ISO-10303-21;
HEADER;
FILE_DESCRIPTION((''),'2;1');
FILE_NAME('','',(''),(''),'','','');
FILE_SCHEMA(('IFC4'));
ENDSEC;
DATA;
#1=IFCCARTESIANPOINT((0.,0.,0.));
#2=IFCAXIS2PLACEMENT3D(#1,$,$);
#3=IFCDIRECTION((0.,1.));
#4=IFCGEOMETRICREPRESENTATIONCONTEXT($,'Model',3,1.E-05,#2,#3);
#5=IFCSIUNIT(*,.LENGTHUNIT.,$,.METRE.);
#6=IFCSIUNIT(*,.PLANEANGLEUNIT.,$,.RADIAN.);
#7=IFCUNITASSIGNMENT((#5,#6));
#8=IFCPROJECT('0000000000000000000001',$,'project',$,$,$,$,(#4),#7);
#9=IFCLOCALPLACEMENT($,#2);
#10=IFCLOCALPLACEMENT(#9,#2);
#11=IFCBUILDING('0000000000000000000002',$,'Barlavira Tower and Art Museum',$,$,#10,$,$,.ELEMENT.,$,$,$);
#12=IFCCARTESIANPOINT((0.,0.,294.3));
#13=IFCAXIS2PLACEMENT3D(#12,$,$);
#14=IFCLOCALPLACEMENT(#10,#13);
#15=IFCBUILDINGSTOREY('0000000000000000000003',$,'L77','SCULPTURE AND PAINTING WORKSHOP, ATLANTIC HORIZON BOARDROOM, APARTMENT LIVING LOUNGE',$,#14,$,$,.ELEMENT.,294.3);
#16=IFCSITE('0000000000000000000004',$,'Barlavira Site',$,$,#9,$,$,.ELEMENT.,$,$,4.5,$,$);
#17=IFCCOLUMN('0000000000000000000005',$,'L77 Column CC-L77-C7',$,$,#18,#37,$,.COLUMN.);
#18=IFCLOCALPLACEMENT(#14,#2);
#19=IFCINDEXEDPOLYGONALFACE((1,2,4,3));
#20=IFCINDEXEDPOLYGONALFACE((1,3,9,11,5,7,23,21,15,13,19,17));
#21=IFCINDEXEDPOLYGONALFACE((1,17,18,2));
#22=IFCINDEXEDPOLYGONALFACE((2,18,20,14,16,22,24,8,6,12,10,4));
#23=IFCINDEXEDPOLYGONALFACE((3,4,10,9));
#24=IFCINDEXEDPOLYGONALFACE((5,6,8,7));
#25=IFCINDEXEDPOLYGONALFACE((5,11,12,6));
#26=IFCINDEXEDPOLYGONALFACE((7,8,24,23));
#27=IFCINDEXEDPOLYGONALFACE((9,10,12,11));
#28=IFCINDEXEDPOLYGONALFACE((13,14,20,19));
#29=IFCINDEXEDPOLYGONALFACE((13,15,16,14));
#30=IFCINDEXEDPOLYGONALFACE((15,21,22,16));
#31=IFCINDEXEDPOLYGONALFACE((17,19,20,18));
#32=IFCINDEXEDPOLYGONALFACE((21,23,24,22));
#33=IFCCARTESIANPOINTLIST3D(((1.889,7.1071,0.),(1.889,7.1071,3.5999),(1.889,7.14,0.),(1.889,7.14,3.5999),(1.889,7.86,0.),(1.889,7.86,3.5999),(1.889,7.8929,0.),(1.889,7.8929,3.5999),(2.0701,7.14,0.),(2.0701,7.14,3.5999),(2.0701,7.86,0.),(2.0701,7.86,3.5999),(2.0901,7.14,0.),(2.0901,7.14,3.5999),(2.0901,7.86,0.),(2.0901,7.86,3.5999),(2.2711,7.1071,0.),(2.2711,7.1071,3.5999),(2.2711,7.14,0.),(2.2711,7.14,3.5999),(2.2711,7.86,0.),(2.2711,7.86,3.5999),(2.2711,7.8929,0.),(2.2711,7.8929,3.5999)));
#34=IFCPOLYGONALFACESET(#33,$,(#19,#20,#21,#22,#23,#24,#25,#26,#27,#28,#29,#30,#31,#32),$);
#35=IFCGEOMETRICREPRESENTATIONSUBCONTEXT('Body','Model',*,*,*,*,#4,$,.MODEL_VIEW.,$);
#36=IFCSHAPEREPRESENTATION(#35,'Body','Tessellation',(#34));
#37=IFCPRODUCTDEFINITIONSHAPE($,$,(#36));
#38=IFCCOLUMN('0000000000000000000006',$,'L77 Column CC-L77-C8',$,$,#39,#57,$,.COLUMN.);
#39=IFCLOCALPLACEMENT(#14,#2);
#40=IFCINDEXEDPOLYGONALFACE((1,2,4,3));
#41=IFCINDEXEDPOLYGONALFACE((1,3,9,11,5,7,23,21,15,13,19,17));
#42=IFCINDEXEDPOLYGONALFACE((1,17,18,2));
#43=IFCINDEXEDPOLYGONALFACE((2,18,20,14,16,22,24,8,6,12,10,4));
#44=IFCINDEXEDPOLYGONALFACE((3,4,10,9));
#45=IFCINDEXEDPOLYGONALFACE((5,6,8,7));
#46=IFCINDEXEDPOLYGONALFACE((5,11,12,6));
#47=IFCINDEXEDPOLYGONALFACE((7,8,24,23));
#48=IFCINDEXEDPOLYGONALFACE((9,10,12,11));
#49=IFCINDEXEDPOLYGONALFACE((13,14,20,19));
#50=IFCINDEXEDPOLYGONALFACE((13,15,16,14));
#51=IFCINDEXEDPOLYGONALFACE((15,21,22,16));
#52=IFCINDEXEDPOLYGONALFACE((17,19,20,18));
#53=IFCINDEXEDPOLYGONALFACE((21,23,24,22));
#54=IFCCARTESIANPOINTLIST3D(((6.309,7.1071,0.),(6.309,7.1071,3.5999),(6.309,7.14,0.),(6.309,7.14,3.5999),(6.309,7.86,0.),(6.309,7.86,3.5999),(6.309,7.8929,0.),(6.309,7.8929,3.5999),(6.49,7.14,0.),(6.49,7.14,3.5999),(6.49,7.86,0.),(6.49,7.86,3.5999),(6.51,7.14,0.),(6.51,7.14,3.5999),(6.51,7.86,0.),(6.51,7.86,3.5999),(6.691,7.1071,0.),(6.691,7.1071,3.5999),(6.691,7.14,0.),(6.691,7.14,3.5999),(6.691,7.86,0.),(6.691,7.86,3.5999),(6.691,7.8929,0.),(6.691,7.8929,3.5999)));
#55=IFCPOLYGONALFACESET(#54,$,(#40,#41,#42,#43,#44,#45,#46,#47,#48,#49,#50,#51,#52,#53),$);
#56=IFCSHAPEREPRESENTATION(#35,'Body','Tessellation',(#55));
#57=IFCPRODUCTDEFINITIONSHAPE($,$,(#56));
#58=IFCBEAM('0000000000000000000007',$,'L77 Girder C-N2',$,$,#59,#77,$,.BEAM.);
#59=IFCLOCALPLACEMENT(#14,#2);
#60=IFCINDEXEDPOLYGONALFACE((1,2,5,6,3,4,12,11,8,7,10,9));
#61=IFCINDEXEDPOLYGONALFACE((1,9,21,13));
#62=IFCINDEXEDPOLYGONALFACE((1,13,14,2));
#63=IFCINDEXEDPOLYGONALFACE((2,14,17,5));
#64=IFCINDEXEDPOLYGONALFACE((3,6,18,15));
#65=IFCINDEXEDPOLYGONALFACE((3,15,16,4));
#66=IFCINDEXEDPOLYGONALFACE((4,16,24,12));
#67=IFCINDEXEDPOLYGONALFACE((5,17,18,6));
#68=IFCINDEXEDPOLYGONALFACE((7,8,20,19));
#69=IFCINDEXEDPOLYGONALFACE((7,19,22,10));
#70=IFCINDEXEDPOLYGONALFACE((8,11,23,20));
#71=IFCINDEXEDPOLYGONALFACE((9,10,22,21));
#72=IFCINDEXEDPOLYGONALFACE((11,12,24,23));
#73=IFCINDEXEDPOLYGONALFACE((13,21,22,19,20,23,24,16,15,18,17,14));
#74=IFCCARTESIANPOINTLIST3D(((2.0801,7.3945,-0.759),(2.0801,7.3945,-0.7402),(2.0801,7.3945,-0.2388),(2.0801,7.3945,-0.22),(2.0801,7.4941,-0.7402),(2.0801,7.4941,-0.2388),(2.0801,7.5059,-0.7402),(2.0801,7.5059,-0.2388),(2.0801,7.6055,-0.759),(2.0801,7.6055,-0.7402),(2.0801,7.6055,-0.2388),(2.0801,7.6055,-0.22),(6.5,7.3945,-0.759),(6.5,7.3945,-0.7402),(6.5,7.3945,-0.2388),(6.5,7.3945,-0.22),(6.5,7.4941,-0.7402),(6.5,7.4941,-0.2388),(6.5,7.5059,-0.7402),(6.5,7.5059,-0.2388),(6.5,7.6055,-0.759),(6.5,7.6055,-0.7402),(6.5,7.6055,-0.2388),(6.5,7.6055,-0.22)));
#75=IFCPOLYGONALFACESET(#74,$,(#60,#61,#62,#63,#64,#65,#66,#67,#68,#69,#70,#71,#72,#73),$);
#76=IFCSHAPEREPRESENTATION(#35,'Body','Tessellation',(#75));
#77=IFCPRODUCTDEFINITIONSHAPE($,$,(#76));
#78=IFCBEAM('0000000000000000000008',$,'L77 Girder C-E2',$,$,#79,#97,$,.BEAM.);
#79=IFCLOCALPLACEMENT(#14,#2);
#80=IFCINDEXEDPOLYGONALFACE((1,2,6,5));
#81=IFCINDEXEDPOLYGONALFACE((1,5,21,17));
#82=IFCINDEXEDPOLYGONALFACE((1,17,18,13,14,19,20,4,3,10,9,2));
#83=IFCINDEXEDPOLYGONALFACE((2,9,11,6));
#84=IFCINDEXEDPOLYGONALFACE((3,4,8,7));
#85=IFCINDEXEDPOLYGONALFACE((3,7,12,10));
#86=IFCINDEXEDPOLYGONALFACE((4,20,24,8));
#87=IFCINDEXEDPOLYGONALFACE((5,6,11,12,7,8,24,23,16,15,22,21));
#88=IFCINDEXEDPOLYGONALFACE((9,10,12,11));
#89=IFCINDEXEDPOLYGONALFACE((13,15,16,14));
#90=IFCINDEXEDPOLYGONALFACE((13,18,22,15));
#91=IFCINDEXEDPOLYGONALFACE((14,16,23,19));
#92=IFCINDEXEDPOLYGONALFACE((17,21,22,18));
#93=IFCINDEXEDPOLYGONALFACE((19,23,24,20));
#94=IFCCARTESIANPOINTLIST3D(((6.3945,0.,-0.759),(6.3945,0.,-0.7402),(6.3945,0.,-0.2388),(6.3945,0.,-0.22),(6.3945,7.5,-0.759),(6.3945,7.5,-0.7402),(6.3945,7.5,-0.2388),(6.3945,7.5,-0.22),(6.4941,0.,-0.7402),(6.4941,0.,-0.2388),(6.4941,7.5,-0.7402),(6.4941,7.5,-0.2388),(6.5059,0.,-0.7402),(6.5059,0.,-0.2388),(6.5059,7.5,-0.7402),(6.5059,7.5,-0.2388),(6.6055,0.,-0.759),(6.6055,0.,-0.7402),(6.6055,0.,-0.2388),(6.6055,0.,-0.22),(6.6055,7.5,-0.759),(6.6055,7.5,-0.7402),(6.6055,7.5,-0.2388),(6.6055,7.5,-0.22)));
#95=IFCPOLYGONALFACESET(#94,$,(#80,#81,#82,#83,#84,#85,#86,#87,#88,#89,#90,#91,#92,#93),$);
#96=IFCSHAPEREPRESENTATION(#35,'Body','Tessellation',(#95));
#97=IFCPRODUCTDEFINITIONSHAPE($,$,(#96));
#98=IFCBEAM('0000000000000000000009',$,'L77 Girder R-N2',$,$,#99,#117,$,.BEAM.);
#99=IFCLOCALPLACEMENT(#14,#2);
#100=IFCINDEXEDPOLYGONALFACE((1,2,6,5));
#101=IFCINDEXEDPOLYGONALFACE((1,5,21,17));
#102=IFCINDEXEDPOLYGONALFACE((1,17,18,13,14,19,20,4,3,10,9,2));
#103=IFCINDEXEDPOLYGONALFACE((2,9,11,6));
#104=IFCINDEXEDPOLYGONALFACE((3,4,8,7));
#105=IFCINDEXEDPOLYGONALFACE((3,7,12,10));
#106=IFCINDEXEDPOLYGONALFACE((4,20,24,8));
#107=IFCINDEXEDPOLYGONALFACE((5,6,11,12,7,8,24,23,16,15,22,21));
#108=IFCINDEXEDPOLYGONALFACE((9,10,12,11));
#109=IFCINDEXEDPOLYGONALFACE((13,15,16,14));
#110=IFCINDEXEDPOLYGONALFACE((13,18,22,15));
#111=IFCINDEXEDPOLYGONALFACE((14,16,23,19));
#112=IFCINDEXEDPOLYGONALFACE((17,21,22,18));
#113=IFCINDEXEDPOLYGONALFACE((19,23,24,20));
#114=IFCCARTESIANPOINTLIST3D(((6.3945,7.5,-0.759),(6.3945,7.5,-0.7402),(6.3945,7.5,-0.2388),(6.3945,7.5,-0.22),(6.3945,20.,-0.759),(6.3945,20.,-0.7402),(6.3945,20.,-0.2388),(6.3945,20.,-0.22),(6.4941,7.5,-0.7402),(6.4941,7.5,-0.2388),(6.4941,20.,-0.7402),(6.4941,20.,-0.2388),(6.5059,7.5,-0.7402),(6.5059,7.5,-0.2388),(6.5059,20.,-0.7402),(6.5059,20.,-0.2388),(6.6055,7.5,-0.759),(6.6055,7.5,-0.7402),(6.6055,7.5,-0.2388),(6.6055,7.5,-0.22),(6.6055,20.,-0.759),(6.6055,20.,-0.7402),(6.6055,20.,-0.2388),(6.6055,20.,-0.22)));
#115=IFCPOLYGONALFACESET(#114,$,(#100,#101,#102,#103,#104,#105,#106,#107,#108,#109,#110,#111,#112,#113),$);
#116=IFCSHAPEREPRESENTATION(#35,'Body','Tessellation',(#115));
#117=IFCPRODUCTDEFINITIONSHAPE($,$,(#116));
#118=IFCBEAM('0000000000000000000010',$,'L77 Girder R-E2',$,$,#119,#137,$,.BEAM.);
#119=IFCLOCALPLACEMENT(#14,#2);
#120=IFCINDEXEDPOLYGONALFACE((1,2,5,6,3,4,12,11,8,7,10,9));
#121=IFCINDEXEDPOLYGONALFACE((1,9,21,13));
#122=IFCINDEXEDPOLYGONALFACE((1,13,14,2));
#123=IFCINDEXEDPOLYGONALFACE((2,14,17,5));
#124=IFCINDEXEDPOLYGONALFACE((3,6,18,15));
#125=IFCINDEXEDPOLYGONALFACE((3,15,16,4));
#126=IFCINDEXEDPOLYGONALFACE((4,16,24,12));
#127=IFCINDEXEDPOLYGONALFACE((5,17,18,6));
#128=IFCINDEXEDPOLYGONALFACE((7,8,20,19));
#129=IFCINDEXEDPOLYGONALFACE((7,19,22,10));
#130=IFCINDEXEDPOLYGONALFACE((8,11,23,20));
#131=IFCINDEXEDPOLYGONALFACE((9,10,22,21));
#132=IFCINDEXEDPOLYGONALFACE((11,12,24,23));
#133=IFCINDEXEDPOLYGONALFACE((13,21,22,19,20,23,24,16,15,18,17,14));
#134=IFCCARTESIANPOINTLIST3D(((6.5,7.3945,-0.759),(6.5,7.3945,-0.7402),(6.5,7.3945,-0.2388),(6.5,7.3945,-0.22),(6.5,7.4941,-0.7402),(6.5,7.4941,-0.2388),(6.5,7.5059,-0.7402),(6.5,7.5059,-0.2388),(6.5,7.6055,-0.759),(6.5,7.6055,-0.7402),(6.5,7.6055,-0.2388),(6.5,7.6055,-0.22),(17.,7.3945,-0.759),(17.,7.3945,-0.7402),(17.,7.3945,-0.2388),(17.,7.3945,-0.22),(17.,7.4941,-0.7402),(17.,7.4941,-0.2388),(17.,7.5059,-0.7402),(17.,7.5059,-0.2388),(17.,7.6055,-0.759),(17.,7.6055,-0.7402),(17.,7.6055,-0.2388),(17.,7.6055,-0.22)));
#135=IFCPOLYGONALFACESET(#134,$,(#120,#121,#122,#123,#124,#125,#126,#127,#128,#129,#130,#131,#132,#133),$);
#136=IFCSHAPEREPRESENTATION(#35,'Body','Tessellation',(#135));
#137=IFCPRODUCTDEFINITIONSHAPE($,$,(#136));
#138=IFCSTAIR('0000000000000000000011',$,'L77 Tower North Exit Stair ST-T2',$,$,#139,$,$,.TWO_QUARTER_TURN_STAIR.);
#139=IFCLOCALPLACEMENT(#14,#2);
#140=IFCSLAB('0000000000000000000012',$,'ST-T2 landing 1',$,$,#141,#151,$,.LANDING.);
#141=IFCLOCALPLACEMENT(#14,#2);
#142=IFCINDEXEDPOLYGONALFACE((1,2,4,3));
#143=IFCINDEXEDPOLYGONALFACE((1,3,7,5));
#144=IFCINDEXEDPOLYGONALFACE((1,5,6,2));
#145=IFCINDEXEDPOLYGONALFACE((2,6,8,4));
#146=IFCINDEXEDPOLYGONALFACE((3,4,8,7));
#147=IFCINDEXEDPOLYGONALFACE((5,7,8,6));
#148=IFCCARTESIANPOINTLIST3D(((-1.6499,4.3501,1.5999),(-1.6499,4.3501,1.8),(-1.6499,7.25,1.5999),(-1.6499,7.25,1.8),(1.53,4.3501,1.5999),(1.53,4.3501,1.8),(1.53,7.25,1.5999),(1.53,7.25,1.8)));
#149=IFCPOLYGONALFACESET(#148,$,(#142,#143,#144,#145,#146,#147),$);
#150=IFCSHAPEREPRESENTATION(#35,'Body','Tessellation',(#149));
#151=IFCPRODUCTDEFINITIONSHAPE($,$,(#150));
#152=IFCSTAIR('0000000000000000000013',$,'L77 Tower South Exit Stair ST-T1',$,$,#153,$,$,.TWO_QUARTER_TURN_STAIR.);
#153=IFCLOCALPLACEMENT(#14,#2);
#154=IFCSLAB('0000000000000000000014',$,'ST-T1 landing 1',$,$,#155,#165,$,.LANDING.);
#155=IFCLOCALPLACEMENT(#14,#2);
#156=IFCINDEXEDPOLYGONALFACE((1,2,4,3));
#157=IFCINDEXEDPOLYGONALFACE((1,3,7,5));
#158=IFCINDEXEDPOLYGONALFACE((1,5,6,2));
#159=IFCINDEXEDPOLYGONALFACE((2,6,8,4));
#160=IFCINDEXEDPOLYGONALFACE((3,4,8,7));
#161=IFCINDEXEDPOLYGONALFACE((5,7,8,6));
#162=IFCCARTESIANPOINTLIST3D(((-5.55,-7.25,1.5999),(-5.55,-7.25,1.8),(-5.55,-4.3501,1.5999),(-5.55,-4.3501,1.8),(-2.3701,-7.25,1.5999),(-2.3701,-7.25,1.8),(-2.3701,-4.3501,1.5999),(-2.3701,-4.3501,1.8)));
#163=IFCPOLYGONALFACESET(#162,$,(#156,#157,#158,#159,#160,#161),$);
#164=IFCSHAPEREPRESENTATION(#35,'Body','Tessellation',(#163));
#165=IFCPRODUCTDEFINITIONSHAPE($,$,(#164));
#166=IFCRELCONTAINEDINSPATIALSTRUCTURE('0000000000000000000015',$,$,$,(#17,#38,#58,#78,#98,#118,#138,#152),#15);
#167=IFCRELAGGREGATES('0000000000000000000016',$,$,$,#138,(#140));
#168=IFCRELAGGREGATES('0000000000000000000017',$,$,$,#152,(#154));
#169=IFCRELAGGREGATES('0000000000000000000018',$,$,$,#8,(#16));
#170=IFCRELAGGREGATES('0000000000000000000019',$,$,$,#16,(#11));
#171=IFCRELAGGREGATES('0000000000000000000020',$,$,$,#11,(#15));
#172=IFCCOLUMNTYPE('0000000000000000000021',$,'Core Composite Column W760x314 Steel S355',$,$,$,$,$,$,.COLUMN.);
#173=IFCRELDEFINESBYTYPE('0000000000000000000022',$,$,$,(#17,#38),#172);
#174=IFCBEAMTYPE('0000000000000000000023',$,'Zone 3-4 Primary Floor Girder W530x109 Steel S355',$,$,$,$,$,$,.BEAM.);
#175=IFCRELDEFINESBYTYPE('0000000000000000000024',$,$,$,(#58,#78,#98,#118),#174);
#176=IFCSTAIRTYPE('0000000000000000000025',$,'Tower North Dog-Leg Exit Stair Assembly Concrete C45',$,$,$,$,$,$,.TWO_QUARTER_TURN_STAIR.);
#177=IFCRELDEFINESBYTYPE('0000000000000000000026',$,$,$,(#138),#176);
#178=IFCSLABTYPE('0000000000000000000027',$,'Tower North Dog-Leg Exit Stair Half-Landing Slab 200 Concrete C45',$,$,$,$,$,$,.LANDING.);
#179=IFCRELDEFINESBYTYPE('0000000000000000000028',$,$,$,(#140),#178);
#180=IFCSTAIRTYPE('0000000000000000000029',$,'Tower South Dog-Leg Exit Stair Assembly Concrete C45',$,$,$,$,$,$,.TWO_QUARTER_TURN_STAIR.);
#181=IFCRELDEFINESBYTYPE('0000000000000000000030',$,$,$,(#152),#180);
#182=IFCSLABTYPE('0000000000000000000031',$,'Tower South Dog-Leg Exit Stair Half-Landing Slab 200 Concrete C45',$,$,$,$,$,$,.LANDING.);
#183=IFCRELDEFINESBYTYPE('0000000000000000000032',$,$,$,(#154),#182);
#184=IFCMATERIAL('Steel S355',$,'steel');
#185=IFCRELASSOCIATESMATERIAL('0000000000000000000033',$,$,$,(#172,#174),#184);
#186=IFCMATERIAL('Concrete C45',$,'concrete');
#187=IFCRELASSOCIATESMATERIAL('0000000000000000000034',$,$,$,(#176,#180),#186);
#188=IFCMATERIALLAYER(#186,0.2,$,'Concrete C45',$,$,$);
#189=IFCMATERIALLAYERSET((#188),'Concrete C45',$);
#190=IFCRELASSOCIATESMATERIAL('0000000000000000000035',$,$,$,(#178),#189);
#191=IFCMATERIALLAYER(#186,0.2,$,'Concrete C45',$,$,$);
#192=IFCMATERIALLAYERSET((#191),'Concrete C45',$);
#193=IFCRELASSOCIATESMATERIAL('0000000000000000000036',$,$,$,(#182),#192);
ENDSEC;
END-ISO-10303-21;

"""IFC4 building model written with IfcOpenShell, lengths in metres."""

from ifc_helpers import new_model, si_unit, direction, frame, origin, origin_2d, place, context, subcontext, project, spatial, polyline, i_section, outline, extrude, material, layer, layer_set, material_profile, profile_set, type_object, element, aggregate, save


model = new_model("IFC4")

# Units and contexts
model_context = context("Model", 3, precision=1e-05, world=origin(), true_north=direction((0.0, 1.0)))
body_context = subcontext(model_context, "Body", "Model", "MODEL_VIEW")
ifc_project = project(units=[si_unit("LENGTHUNIT", "METRE"), si_unit("PLANEANGLEUNIT", "RADIAN")], contexts=[model_context])

# Site, building, storey
site_placement = place(None, origin())
site = spatial("IfcSite", under=ifc_project, at=site_placement, Name="Barlavira Site", CompositionType="ELEMENT", RefElevation=4.5)
building_placement = place(site_placement, origin())
building = spatial("IfcBuilding", under=site, at=building_placement, Name="Barlavira Tower and Art Museum", CompositionType="ELEMENT")
storey_placement = place(building_placement, frame((0.0, 0.0, 294.3)))
storey = spatial("IfcBuildingStorey", under=building, at=storey_placement, Name="L77", Description="SCULPTURE AND PAINTING WORKSHOP, ATLANTIC HORIZON BOARDROOM, APARTMENT LIVING LOUNGE", CompositionType="ELEMENT", Elevation=294.3)

# Columns
ifc_material_1 = material(Name="Steel S355", Category="steel")
ifc_material_profile_1 = material_profile(ifc_material_1, i_section(OverallWidth=0.3821, OverallDepth=0.7859, WebThickness=0.02, FlangeThickness=0.033, at=origin_2d()), Name="W760x314.0")
ifc_profile_set_1 = profile_set([ifc_material_profile_1], Name="Steel S355")
column_type = type_object("IfcColumnType", Name="Core Composite Column W760x314 Steel S355", PredefinedType="COLUMN", material=ifc_profile_set_1)
for number, where, z_axis, x_axis, name in (
    (1, (2.0801, 7.5, 0.0), (0.0, 0.0, 1.0), (1.0, 0.0, 0.0), "L77 Column CC-L77-C7"),
    (2, (6.5, 7.5, 0.0), (0.0, 0.0, 1.0), (1.0, 0.0, 0.0), "L77 Column CC-L77-C8"),
):
    element("IfcColumn", number, at=place(storey_placement, frame(where, z_axis=z_axis, x_axis=x_axis)), inside=storey, type_object=column_type, Name=name, PredefinedType="COLUMN", context=body_context, shape_type="SweptSolid", body=[
        extrude(i_section(OverallWidth=0.3821, OverallDepth=0.7859, WebThickness=0.02, FlangeThickness=0.033, at=origin_2d()), origin(), (0.0, 0.0, 1.0), 3.5999),
    ])

# Beams
ifc_material_profile_2 = material_profile(ifc_material_1, i_section(OverallWidth=0.2109, OverallDepth=0.5391, WebThickness=0.0117, FlangeThickness=0.0188, at=origin_2d()), Name="W530x109.0")
ifc_profile_set_2 = profile_set([ifc_material_profile_2], Name="Steel S355")
beam_type = type_object("IfcBeamType", Name="Zone 3-4 Primary Floor Girder W530x109 Steel S355", PredefinedType="BEAM", material=ifc_profile_set_2)
beam_1_placement = place(storey_placement, frame((2.0801, 7.5, -0.4895), z_axis=(1.0, 0.0, 0.0), x_axis=(0.0, 1.0, 0.0)))
element("IfcBeam", 3, at=beam_1_placement, inside=storey, type_object=beam_type, Name="L77 Girder C-N2", PredefinedType="BEAM", context=body_context, shape_type="SweptSolid", body=[
    extrude(i_section(OverallWidth=0.2109, OverallDepth=0.5391, WebThickness=0.0117, FlangeThickness=0.0188, at=origin_2d()), origin(), (0.0, 0.0, 1.0), 4.4199),
])
beam_2_placement = place(storey_placement, frame((6.5, 0.0, -0.4895), z_axis=(0.0, 1.0, 0.0), x_axis=(-1.0, 0.0, 0.0)))
element("IfcBeam", 4, at=beam_2_placement, inside=storey, type_object=beam_type, Name="L77 Girder C-E2", PredefinedType="BEAM", context=body_context, shape_type="SweptSolid", body=[
    extrude(i_section(OverallWidth=0.2109, OverallDepth=0.5391, WebThickness=0.0117, FlangeThickness=0.0188, at=origin_2d()), origin(), (0.0, 0.0, 1.0), 7.5),
])
beam_3_placement = place(storey_placement, frame((6.5, 7.5, -0.4895), z_axis=(0.0, 1.0, 0.0), x_axis=(-1.0, 0.0, 0.0)))
element("IfcBeam", 5, at=beam_3_placement, inside=storey, type_object=beam_type, Name="L77 Girder R-N2", PredefinedType="BEAM", context=body_context, shape_type="SweptSolid", body=[
    extrude(i_section(OverallWidth=0.2109, OverallDepth=0.5391, WebThickness=0.0117, FlangeThickness=0.0188, at=origin_2d()), origin(), (0.0, 0.0, 1.0), 12.5),
])
beam_4_placement = place(storey_placement, frame((6.5, 7.5, -0.4895), z_axis=(1.0, 0.0, 0.0), x_axis=(0.0, 1.0, 0.0)))
element("IfcBeam", 6, at=beam_4_placement, inside=storey, type_object=beam_type, Name="L77 Girder R-E2", PredefinedType="BEAM", context=body_context, shape_type="SweptSolid", body=[
    extrude(i_section(OverallWidth=0.2109, OverallDepth=0.5391, WebThickness=0.0117, FlangeThickness=0.0188, at=origin_2d()), origin(), (0.0, 0.0, 1.0), 10.5),
])

# Stairs, slabs
ifc_material_2 = material(Name="Concrete C45", Category="concrete")
stair_type_1 = type_object("IfcStairType", Name="Tower North Dog-Leg Exit Stair Assembly Concrete C45", PredefinedType="TWO_QUARTER_TURN_STAIR", material=ifc_material_2)
stair_1_placement = place(storey_placement, origin())
stair_1 = element("IfcStair", 7, at=stair_1_placement, inside=storey, type_object=stair_type_1, Name="L77 Tower North Exit Stair ST-T2", PredefinedType="TWO_QUARTER_TURN_STAIR")
ifc_layer_1 = layer(ifc_material_2, 0.2, Name="Concrete C45")
ifc_layer_set_1 = layer_set([ifc_layer_1], Name="Concrete C45")
slab_type_1 = type_object("IfcSlabType", Name="Tower North Dog-Leg Exit Stair Half-Landing Slab 200 Concrete C45", PredefinedType="LANDING", material=ifc_layer_set_1)
slab_1_placement = place(storey_placement, frame((0.0, 0.0, 1.5999)))
slab_1 = element("IfcSlab", 8, at=slab_1_placement, type_object=slab_type_1, Name="ST-T2 landing 1", PredefinedType="LANDING", context=body_context, shape_type="SweptSolid", body=[
    extrude(outline(polyline([(-1.6499, 4.3501), (1.53, 4.3501), (1.53, 7.25), (-1.6499, 7.25), (-1.6499, 4.3501)])), origin(), (0.0, 0.0, 1.0), 0.2002),
])
aggregate(stair_1, [slab_1])
stair_type_2 = type_object("IfcStairType", Name="Tower South Dog-Leg Exit Stair Assembly Concrete C45", PredefinedType="TWO_QUARTER_TURN_STAIR", material=ifc_material_2)
stair_2_placement = place(storey_placement, origin())
stair_2 = element("IfcStair", 9, at=stair_2_placement, inside=storey, type_object=stair_type_2, Name="L77 Tower South Exit Stair ST-T1", PredefinedType="TWO_QUARTER_TURN_STAIR")
ifc_layer_2 = layer(ifc_material_2, 0.2, Name="Concrete C45")
ifc_layer_set_2 = layer_set([ifc_layer_2], Name="Concrete C45")
slab_type_2 = type_object("IfcSlabType", Name="Tower South Dog-Leg Exit Stair Half-Landing Slab 200 Concrete C45", PredefinedType="LANDING", material=ifc_layer_set_2)
slab_2_placement = place(storey_placement, frame((0.0, 0.0, 1.5999)))
slab_2 = element("IfcSlab", 10, at=slab_2_placement, type_object=slab_type_2, Name="ST-T1 landing 1", PredefinedType="LANDING", context=body_context, shape_type="SweptSolid", body=[
    extrude(outline(polyline([(-2.3701, -4.3501), (-5.55, -4.3501), (-5.55, -7.25), (-2.3701, -7.25), (-2.3701, -4.3501)])), origin(), (0.0, 0.0, 1.0), 0.2002),
])
aggregate(stair_2, [slab_2])

save(model, "model.ifc")
